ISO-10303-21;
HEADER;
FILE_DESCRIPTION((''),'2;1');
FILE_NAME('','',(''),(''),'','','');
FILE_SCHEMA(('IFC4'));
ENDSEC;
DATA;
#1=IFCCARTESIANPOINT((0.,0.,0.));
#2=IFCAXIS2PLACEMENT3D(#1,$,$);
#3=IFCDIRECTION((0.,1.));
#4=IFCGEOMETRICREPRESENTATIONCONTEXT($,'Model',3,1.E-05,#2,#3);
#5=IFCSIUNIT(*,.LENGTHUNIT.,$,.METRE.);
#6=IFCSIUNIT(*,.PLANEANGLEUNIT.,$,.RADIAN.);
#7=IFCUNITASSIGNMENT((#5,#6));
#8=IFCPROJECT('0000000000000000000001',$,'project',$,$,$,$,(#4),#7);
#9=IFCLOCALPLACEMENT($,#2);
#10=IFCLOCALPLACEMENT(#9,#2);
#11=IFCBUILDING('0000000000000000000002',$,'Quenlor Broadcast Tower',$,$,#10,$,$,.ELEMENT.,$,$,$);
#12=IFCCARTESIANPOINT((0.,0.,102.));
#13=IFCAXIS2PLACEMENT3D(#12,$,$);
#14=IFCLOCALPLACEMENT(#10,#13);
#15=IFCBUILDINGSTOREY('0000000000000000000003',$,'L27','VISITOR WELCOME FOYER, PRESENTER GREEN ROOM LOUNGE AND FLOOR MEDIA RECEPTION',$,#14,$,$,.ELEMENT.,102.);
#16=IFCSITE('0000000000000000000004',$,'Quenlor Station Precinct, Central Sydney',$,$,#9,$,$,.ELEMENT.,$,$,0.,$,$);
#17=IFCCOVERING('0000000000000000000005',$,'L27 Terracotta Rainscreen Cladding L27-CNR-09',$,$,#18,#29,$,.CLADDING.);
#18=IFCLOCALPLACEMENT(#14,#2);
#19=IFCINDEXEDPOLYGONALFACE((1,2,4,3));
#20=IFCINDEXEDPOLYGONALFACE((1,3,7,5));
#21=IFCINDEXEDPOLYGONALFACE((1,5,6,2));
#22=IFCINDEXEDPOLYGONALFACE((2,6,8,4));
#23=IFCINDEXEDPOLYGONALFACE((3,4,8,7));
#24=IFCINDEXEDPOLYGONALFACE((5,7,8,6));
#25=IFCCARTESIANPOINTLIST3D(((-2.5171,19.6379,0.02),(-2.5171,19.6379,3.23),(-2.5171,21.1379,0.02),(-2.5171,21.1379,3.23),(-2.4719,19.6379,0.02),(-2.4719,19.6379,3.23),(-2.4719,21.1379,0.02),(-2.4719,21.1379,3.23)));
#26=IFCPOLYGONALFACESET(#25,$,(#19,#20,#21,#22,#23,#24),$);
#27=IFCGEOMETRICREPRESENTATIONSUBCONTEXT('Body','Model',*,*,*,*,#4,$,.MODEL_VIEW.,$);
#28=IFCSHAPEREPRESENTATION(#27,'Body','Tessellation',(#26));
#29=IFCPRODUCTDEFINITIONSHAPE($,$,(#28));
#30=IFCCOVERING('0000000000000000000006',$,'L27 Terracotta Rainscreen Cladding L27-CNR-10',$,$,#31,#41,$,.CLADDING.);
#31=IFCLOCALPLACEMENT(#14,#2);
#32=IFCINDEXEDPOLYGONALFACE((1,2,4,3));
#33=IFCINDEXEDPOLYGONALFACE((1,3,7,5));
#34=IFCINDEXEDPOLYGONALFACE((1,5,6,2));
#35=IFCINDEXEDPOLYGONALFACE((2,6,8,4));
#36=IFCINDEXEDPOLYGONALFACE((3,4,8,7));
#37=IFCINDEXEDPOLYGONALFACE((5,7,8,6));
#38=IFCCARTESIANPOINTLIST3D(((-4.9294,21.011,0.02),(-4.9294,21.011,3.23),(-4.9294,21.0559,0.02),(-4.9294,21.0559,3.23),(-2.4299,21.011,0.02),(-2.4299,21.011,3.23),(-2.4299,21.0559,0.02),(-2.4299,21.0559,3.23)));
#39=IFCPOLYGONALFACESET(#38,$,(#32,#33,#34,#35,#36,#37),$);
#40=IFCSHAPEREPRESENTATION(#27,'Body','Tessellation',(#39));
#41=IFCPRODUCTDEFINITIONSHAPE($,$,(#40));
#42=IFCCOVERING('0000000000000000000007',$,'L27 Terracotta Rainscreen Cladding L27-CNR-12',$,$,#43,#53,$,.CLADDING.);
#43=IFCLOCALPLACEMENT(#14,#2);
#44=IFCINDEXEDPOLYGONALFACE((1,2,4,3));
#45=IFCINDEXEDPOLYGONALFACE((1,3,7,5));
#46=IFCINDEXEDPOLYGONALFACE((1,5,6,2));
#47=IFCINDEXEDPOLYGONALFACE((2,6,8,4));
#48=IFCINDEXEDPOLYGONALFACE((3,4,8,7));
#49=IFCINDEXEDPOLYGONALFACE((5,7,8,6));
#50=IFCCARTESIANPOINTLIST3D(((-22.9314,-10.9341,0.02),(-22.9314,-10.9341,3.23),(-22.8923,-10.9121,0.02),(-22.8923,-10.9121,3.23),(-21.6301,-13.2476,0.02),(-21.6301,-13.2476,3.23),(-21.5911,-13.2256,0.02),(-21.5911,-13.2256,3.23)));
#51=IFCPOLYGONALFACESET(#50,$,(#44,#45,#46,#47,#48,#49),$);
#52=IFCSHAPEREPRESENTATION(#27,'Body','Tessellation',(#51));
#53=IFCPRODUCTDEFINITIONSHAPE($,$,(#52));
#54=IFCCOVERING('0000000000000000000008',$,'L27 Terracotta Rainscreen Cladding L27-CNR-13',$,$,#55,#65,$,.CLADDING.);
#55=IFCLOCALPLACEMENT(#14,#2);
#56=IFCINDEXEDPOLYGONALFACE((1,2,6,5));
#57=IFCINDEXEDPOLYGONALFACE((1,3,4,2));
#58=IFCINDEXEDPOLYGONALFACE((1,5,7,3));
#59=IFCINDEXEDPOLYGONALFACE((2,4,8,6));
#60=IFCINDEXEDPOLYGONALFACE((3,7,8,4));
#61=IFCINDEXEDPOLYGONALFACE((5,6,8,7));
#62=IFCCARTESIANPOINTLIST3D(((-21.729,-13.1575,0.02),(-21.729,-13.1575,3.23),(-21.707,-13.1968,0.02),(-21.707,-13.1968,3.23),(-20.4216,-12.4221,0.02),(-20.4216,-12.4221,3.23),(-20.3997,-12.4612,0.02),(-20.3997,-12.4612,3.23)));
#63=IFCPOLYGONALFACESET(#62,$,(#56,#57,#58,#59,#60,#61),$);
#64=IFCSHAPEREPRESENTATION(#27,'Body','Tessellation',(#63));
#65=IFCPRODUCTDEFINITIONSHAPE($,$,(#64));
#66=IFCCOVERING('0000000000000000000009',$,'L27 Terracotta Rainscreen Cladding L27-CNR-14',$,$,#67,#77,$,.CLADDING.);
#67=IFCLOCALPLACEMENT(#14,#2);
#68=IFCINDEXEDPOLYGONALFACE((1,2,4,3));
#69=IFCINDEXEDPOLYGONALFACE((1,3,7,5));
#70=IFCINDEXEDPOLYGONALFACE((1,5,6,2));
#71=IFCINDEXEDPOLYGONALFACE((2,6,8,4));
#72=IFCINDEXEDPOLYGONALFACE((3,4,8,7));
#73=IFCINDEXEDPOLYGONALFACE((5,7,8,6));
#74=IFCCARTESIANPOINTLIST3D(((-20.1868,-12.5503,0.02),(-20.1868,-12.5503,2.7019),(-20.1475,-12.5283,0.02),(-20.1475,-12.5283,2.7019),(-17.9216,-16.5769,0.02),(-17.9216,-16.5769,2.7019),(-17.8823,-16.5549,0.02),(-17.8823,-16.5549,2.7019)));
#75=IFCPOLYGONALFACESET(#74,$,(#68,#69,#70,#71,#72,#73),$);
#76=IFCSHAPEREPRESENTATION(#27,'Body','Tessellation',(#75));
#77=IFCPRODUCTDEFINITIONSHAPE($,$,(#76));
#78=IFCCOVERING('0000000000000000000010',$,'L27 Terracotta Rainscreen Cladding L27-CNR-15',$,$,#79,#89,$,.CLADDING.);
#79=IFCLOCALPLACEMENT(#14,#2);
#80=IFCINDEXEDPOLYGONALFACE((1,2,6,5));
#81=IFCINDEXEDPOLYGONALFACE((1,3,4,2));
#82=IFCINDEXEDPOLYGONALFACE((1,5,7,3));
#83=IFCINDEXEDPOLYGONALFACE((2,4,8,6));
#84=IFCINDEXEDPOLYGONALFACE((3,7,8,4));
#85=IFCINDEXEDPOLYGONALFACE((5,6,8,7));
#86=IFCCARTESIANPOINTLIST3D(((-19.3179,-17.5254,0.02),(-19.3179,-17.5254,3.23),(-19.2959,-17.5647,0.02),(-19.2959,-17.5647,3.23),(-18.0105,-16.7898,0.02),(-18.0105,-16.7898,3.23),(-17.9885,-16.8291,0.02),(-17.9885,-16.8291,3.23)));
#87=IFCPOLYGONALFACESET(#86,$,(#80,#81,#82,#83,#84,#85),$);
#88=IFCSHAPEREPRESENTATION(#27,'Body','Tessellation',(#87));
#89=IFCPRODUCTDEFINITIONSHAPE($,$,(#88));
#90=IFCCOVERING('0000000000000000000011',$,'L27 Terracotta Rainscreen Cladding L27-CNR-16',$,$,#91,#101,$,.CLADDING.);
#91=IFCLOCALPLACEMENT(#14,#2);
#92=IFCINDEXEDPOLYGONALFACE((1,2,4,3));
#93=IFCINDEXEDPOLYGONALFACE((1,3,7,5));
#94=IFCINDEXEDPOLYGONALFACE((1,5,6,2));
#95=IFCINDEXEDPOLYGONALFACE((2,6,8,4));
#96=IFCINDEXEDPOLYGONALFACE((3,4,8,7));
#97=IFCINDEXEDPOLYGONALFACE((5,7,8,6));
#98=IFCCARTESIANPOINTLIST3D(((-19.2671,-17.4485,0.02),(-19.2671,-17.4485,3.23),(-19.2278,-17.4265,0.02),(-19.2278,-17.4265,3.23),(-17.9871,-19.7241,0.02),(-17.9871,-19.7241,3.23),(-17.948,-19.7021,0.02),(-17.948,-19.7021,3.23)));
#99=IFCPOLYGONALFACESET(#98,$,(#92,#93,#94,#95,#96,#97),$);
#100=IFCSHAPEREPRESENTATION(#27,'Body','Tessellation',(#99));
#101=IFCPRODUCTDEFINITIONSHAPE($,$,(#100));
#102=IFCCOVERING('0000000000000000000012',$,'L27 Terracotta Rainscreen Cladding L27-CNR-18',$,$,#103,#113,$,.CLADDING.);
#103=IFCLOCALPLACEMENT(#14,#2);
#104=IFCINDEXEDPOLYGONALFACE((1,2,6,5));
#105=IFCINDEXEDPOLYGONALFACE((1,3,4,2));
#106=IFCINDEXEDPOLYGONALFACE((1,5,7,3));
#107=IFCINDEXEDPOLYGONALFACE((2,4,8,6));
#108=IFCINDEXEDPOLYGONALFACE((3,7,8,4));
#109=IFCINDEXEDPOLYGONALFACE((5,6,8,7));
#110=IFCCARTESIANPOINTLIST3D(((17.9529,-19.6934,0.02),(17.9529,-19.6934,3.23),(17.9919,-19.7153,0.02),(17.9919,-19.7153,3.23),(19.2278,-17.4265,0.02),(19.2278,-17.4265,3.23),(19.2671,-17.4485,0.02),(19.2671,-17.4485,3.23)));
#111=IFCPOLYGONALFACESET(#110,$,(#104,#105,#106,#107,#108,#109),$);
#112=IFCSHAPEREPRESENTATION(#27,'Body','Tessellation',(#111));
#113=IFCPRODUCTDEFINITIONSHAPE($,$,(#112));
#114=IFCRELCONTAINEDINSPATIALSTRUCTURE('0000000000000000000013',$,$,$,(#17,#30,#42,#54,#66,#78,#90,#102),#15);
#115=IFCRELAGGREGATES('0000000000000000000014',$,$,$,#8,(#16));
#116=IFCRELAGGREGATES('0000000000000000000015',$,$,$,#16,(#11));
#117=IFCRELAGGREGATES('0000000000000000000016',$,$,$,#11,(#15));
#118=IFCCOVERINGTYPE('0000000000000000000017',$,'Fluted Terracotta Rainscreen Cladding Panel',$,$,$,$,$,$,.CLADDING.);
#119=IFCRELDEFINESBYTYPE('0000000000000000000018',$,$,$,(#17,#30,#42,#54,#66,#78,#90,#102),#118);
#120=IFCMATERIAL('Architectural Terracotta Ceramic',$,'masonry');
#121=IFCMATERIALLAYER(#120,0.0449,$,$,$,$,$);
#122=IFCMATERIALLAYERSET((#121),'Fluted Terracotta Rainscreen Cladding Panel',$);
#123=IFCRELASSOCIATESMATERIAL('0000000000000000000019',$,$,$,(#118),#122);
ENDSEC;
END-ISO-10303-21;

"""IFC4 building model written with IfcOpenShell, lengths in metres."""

from ifc_helpers import new_model, si_unit, direction, frame, origin, place, context, subcontext, project, spatial, polyline, outline, extrude, material, layer, layer_set, type_object, element, save


model = new_model("IFC4")

# Units and contexts
model_context = context("Model", 3, precision=1e-05, world=origin(), true_north=direction((0.0, 1.0)))
body_context = subcontext(model_context, "Body", "Model", "MODEL_VIEW")
ifc_project = project(units=[si_unit("LENGTHUNIT", "METRE"), si_unit("PLANEANGLEUNIT", "RADIAN")], contexts=[model_context])

# Site, building, storey
site_placement = place(None, origin())
site = spatial("IfcSite", under=ifc_project, at=site_placement, Name="Quenlor Station Precinct, Central Sydney", CompositionType="ELEMENT", RefElevation=0.0)
building_placement = place(site_placement, origin())
building = spatial("IfcBuilding", under=site, at=building_placement, Name="Quenlor Broadcast Tower", CompositionType="ELEMENT")
storey_placement = place(building_placement, frame((0.0, 0.0, 102.0)))
storey = spatial("IfcBuildingStorey", under=building, at=storey_placement, Name="L27", Description="VISITOR WELCOME FOYER, PRESENTER GREEN ROOM LOUNGE AND FLOOR MEDIA RECEPTION", CompositionType="ELEMENT", Elevation=102.0)

# Coverings
ifc_material_1 = material(Name="Architectural Terracotta Ceramic", Category="masonry")
ifc_layer_1 = layer(ifc_material_1, 0.0449)
ifc_layer_set_1 = layer_set([ifc_layer_1], Name="Fluted Terracotta Rainscreen Cladding Panel")
covering_type_1 = type_object("IfcCoveringType", Name="Fluted Terracotta Rainscreen Cladding Panel", PredefinedType="CLADDING", material=ifc_layer_set_1)
covering_1_placement = place(storey_placement, frame((0.0, 0.0, 0.02)))
element("IfcCovering", 1, at=covering_1_placement, inside=storey, type_object=covering_type_1, Name="L27 Terracotta Rainscreen Cladding L27-CNR-09", PredefinedType="CLADDING", context=body_context, shape_type="SweptSolid", body=[
    extrude(outline(polyline([(-2.4719, 19.6379), (-2.4719, 21.1379), (-2.5171, 21.1379), (-2.5171, 19.6379), (-2.4719, 19.6379)])), origin(), (0.0, 0.0, 1.0), 3.21),
])
covering_2_placement = place(storey_placement, frame((0.0, 0.0, 0.02)))
element("IfcCovering", 2, at=covering_2_placement, inside=storey, type_object=covering_type_1, Name="L27 Terracotta Rainscreen Cladding L27-CNR-10", PredefinedType="CLADDING", context=body_context, shape_type="SweptSolid", body=[
    extrude(outline(polyline([(-2.4299, 21.0559), (-4.9294, 21.0559), (-4.9294, 21.011), (-2.4299, 21.011), (-2.4299, 21.0559)])), origin(), (0.0, 0.0, 1.0), 3.21),
])
covering_3_placement = place(storey_placement, frame((0.0, 0.0, 0.02)))
element("IfcCovering", 3, at=covering_3_placement, inside=storey, type_object=covering_type_1, Name="L27 Terracotta Rainscreen Cladding L27-CNR-12", PredefinedType="CLADDING", context=body_context, shape_type="SweptSolid", body=[
    extrude(outline(polyline([(-22.9314, -10.9341), (-21.6301, -13.2476), (-21.5911, -13.2256), (-22.8923, -10.9121), (-22.9314, -10.9341)])), origin(), (0.0, 0.0, 1.0), 3.21),
])
covering_4_placement = place(storey_placement, frame((0.0, 0.0, 0.02)))
element("IfcCovering", 4, at=covering_4_placement, inside=storey, type_object=covering_type_1, Name="L27 Terracotta Rainscreen Cladding L27-CNR-13", PredefinedType="CLADDING", context=body_context, shape_type="SweptSolid", body=[
    extrude(outline(polyline([(-21.707, -13.1968), (-20.3997, -12.4612), (-20.4216, -12.4221), (-21.729, -13.1575), (-21.707, -13.1968)])), origin(), (0.0, 0.0, 1.0), 3.21),
])
covering_5_placement = place(storey_placement, frame((0.0, 0.0, 0.02)))
element("IfcCovering", 5, at=covering_5_placement, inside=storey, type_object=covering_type_1, Name="L27 Terracotta Rainscreen Cladding L27-CNR-14", PredefinedType="CLADDING", context=body_context, shape_type="SweptSolid", body=[
    extrude(outline(polyline([(-20.1868, -12.5503), (-17.9216, -16.5769), (-17.8823, -16.5549), (-20.1475, -12.5283), (-20.1868, -12.5503)])), origin(), (0.0, 0.0, 1.0), 2.6819),
])
covering_6_placement = place(storey_placement, frame((0.0, 0.0, 0.02)))
element("IfcCovering", 6, at=covering_6_placement, inside=storey, type_object=covering_type_1, Name="L27 Terracotta Rainscreen Cladding L27-CNR-15", PredefinedType="CLADDING", context=body_context, shape_type="SweptSolid", body=[
    extrude(outline(polyline([(-18.0105, -16.7898), (-19.3179, -17.5254), (-19.2959, -17.5647), (-17.9885, -16.8291), (-18.0105, -16.7898)])), origin(), (0.0, 0.0, 1.0), 3.21),
])
covering_7_placement = place(storey_placement, frame((0.0, 0.0, 0.02)))
element("IfcCovering", 7, at=covering_7_placement, inside=storey, type_object=covering_type_1, Name="L27 Terracotta Rainscreen Cladding L27-CNR-16", PredefinedType="CLADDING", context=body_context, shape_type="SweptSolid", body=[
    extrude(outline(polyline([(-19.2671, -17.4485), (-17.9871, -19.7241), (-17.948, -19.7021), (-19.2278, -17.4265), (-19.2671, -17.4485)])), origin(), (0.0, 0.0, 1.0), 3.21),
])
covering_8_placement = place(storey_placement, frame((0.0, 0.0, 0.02)))
element("IfcCovering", 8, at=covering_8_placement, inside=storey, type_object=covering_type_1, Name="L27 Terracotta Rainscreen Cladding L27-CNR-18", PredefinedType="CLADDING", context=body_context, shape_type="SweptSolid", body=[
    extrude(outline(polyline([(17.9919, -19.7153), (19.2671, -17.4485), (19.2278, -17.4265), (17.9529, -19.6934), (17.9919, -19.7153)])), origin(), (0.0, 0.0, 1.0), 3.21),
])

save(model, "model.ifc")
